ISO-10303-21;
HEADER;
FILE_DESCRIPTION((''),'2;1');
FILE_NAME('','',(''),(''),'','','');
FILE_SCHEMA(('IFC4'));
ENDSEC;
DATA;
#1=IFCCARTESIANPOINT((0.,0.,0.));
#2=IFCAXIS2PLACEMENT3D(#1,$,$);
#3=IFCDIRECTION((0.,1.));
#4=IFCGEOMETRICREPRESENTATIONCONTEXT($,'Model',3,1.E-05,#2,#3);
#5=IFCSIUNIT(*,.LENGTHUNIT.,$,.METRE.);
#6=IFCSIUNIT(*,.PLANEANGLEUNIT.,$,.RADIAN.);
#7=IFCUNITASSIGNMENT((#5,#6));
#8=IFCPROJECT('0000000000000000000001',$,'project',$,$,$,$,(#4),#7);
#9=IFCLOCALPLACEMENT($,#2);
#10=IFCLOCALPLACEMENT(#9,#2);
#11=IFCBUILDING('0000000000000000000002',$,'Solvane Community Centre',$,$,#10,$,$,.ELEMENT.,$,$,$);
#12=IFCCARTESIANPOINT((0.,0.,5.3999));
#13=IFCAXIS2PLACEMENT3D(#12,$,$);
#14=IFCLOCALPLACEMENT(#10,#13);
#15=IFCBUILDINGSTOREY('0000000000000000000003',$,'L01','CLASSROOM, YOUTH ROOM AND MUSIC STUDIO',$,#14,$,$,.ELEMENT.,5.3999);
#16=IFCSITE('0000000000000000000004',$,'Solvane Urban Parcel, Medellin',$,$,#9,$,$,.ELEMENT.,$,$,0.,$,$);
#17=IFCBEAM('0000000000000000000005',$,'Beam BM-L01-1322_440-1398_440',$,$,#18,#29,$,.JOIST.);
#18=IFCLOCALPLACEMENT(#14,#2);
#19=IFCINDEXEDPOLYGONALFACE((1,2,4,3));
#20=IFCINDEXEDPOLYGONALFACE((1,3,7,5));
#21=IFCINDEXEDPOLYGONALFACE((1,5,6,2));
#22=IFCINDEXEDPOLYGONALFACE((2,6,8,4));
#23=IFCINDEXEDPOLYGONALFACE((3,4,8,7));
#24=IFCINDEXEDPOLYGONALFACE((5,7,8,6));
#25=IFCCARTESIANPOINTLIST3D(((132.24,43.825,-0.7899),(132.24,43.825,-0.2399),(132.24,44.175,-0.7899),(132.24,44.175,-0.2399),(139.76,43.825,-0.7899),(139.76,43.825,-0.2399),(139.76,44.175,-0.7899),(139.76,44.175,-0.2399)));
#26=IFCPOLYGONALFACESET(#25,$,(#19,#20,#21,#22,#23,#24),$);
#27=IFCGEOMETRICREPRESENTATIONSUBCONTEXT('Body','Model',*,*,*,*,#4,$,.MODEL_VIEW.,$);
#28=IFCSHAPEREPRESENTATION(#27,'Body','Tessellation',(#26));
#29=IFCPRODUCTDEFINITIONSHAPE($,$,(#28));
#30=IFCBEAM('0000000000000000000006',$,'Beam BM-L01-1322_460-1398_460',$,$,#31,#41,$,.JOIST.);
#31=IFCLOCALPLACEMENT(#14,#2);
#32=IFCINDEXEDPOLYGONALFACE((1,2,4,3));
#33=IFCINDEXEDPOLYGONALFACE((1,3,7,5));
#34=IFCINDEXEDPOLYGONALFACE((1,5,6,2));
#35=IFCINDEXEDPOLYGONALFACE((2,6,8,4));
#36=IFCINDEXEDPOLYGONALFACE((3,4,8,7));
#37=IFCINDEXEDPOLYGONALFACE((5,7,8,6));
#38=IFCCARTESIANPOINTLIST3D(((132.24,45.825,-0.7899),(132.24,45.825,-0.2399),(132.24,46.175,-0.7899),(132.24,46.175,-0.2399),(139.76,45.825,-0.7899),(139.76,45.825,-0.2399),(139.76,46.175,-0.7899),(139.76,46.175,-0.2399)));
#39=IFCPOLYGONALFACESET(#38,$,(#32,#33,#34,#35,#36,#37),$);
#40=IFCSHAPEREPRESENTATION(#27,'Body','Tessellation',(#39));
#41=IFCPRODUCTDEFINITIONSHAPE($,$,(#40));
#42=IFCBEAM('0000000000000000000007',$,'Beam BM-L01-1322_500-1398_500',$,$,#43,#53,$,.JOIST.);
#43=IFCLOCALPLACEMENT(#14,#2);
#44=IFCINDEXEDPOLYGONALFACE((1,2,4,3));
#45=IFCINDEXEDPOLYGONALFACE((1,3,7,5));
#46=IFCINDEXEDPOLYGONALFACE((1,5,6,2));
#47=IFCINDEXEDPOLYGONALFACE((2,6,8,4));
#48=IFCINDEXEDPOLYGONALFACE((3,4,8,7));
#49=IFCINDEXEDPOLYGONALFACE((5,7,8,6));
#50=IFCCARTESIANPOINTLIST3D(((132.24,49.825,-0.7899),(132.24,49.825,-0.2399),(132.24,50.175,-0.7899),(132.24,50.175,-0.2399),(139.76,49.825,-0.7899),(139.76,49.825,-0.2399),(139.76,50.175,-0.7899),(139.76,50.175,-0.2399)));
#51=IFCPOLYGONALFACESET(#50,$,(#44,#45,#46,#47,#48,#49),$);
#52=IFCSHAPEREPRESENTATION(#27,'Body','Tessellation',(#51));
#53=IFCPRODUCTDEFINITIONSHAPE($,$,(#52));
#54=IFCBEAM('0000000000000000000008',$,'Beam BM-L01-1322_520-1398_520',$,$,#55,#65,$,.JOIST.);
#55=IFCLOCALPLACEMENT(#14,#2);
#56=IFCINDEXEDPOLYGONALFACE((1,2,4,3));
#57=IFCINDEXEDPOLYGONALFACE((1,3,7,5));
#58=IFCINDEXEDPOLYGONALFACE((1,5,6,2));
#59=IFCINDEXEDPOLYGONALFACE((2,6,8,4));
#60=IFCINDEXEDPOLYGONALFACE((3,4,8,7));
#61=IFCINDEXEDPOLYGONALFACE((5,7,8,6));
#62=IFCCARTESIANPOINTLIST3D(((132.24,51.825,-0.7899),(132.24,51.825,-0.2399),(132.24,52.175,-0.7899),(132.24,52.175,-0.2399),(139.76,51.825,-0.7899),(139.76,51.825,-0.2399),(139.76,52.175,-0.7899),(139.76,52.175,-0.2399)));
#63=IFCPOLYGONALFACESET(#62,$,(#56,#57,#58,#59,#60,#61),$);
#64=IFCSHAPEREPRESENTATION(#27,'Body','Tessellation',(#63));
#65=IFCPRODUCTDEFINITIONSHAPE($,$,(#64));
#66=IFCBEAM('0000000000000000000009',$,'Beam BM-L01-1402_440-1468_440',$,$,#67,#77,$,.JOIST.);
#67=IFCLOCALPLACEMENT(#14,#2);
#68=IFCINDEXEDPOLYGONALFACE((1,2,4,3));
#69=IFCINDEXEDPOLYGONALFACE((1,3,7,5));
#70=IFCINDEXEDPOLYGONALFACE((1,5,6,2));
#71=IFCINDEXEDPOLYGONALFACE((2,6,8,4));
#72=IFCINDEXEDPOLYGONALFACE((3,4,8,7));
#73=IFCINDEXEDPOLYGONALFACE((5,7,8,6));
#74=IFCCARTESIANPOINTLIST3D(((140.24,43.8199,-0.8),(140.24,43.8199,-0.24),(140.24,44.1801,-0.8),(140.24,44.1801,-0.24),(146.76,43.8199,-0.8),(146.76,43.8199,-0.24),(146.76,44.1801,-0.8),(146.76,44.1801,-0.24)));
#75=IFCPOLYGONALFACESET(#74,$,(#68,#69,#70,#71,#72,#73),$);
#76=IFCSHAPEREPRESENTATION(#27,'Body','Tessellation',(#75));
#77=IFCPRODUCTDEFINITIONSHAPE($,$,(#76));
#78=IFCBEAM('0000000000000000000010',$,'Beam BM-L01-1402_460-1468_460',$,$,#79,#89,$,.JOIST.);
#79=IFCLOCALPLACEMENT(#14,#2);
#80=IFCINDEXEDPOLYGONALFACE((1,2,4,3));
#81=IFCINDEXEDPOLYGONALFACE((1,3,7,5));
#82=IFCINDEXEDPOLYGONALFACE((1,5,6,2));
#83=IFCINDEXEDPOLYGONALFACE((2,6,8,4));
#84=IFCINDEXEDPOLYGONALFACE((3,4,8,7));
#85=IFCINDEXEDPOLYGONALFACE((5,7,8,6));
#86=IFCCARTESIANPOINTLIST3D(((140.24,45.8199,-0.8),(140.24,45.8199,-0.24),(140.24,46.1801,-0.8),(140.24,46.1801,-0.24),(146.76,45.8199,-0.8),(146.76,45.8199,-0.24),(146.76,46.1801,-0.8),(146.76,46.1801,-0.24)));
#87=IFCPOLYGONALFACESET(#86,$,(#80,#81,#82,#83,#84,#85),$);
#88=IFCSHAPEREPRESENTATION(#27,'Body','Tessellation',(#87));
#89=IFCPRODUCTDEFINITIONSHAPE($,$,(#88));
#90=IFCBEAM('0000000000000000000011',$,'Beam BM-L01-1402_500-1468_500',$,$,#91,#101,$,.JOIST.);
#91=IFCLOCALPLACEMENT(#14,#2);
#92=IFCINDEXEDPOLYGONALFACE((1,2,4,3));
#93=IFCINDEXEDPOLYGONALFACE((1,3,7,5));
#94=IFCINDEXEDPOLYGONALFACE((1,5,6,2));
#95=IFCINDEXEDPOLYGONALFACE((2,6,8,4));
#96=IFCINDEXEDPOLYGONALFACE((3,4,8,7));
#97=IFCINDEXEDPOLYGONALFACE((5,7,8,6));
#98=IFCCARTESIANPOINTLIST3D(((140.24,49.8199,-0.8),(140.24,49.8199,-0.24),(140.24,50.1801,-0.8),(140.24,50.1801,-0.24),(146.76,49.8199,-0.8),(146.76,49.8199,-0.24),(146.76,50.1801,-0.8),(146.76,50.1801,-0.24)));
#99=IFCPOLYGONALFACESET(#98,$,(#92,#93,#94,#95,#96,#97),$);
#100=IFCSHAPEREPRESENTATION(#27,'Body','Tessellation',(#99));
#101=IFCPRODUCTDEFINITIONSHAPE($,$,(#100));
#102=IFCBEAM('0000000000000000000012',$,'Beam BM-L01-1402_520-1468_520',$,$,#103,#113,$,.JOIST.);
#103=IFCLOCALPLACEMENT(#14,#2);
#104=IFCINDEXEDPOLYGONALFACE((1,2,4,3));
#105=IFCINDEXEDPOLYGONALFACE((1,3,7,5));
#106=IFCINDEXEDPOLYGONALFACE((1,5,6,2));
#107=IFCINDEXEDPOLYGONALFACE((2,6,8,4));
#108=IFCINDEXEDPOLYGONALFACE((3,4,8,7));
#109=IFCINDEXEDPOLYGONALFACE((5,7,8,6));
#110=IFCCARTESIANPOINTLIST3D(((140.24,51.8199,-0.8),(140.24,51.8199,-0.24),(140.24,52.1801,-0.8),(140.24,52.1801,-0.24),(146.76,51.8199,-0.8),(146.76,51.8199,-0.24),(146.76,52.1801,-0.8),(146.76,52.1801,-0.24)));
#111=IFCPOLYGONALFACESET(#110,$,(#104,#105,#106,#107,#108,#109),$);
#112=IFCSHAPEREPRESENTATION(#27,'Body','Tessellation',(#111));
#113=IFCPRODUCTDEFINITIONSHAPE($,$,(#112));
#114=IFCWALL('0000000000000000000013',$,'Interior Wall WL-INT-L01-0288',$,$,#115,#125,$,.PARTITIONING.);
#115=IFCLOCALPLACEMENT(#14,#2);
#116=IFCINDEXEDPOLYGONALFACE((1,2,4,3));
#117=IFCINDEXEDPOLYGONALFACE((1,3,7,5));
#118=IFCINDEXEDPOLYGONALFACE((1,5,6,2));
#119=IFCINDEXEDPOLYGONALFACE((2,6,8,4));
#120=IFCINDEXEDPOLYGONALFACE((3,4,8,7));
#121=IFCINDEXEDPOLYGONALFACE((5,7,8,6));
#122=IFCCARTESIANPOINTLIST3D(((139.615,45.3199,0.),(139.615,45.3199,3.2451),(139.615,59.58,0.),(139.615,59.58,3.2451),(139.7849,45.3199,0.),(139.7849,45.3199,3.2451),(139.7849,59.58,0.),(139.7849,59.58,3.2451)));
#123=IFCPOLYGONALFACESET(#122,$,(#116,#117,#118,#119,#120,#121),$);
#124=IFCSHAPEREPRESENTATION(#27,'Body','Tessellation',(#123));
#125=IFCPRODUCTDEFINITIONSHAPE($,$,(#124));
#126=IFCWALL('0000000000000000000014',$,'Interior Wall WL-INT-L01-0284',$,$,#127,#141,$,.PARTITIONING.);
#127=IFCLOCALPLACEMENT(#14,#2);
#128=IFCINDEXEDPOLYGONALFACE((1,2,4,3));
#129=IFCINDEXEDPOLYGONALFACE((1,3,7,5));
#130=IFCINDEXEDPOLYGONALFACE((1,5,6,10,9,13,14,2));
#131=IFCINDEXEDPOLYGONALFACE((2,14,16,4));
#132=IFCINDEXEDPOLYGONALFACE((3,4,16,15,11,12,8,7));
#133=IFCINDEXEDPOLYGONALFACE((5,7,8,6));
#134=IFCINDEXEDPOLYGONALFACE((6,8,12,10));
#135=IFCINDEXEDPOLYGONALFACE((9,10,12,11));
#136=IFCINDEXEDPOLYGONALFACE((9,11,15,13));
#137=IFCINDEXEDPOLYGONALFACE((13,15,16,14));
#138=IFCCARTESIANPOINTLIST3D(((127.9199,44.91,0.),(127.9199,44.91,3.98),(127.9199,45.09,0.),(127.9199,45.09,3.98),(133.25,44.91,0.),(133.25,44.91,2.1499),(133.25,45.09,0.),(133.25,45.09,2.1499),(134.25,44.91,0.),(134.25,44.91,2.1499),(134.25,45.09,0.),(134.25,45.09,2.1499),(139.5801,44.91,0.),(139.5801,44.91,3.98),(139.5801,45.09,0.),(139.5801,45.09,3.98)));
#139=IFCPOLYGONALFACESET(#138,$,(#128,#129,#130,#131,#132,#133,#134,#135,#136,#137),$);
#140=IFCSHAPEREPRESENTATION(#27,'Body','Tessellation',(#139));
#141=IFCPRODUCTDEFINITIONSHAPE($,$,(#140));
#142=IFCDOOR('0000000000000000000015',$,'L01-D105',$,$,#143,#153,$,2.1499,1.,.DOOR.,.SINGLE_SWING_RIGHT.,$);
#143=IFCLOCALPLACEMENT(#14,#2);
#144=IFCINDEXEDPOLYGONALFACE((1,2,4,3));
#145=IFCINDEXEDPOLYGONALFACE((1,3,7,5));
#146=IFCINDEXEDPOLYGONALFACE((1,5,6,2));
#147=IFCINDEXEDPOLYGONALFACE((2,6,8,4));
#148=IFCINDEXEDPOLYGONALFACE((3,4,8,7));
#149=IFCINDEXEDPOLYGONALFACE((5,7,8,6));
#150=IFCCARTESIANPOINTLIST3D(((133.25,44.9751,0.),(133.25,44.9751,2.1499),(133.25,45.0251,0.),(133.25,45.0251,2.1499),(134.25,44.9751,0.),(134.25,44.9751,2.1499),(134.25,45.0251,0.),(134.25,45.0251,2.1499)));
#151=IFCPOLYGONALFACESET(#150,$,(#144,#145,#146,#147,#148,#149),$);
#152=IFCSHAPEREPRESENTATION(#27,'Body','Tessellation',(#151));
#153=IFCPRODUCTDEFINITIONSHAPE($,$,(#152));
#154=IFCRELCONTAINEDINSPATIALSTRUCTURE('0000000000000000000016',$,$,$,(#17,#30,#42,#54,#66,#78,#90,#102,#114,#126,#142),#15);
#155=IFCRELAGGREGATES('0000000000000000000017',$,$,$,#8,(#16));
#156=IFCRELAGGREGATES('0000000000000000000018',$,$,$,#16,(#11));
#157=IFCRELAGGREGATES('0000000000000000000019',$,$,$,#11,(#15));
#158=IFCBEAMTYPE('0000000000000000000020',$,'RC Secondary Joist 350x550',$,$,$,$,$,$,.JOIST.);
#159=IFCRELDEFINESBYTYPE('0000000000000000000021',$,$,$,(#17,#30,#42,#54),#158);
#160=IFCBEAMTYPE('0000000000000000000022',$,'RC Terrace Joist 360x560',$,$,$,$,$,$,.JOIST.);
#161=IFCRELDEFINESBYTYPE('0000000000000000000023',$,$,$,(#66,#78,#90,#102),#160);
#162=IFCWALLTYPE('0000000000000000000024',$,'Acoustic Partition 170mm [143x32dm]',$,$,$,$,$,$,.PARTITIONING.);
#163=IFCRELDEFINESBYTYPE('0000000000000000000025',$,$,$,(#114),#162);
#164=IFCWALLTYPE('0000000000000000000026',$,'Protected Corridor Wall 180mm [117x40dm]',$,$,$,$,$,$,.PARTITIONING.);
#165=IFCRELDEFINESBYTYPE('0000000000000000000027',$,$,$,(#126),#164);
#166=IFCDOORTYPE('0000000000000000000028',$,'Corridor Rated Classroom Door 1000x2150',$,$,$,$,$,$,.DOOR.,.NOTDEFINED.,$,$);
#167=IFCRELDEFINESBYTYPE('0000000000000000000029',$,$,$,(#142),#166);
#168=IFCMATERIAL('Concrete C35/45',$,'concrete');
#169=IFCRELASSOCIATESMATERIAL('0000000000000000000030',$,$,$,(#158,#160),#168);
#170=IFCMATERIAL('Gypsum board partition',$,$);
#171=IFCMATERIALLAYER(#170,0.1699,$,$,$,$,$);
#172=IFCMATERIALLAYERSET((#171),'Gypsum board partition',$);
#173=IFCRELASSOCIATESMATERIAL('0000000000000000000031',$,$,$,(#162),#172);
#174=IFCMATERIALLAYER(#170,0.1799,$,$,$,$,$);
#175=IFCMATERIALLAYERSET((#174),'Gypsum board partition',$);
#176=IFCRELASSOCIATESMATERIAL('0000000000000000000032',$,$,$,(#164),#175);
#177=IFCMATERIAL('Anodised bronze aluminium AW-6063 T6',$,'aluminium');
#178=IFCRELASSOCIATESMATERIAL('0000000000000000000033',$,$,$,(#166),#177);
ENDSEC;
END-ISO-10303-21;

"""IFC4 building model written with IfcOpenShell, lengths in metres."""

from ifc_helpers import new_model, si_unit, direction, frame, frame_2d, origin, origin_2d, place, context, subcontext, project, spatial, rectangle, extrude, material, layer, layer_set, material_profile, profile_set, type_object, element, fill, save


model = new_model("IFC4")

# Units and contexts
model_context = context("Model", 3, precision=1e-05, world=origin(), true_north=direction((0.0, 1.0)))
body_context = subcontext(model_context, "Body", "Model", "MODEL_VIEW")
ifc_project = project(units=[si_unit("LENGTHUNIT", "METRE"), si_unit("PLANEANGLEUNIT", "RADIAN")], contexts=[model_context])

# Site, building, storey
site_placement = place(None, origin())
site = spatial("IfcSite", under=ifc_project, at=site_placement, Name="Solvane Urban Parcel, Medellin", CompositionType="ELEMENT", RefElevation=0.0)
building_placement = place(site_placement, origin())
building = spatial("IfcBuilding", under=site, at=building_placement, Name="Solvane Community Centre", CompositionType="ELEMENT")
storey_placement = place(building_placement, frame((0.0, 0.0, 5.3999)))
storey = spatial("IfcBuildingStorey", under=building, at=storey_placement, Name="L01", Description="CLASSROOM, YOUTH ROOM AND MUSIC STUDIO", CompositionType="ELEMENT", Elevation=5.3999)

# Shared definitions
ifc_material_1 = material(Name="Concrete C35/45", Category="concrete")

# Beams
ifc_material_profile_1 = material_profile(ifc_material_1, rectangle(XDim=0.3501, YDim=0.55, at=origin_2d()), Name="RC 350x550")
ifc_profile_set_1 = profile_set([ifc_material_profile_1], Name="Concrete C35/45")
beam_type_1 = type_object("IfcBeamType", Name="RC Secondary Joist 350x550", PredefinedType="JOIST", material=ifc_profile_set_1)
for number, where, z_axis, x_axis, name in (
    (1, (132.24, 44.0, -0.5149), (1.0, 0.0, 0.0), (0.0, 1.0, 0.0), "Beam BM-L01-1322_440-1398_440"),
    (2, (132.24, 46.0, -0.5149), (1.0, 0.0, 0.0), (0.0, 1.0, 0.0), "Beam BM-L01-1322_460-1398_460"),
    (3, (132.24, 50.0, -0.5149), (1.0, 0.0, 0.0), (0.0, 1.0, 0.0), "Beam BM-L01-1322_500-1398_500"),
    (4, (132.24, 52.0, -0.5149), (1.0, 0.0, 0.0), (0.0, 1.0, 0.0), "Beam BM-L01-1322_520-1398_520"),
):
    element("IfcBeam", number, at=place(storey_placement, frame(where, z_axis=z_axis, x_axis=x_axis)), inside=storey, type_object=beam_type_1, Name=name, PredefinedType="JOIST", context=body_context, shape_type="SweptSolid", body=[
        extrude(rectangle(XDim=0.3501, YDim=0.55, at=origin_2d()), origin(), (0.0, 0.0, 1.0), 7.52),
    ])
ifc_material_profile_2 = material_profile(ifc_material_1, rectangle(XDim=0.3601, YDim=0.5601, at=origin_2d()), Name="RC 360x560")
ifc_profile_set_2 = profile_set([ifc_material_profile_2], Name="Concrete C35/45")
beam_type_2 = type_object("IfcBeamType", Name="RC Terrace Joist 360x560", PredefinedType="JOIST", material=ifc_profile_set_2)
for number, where, z_axis, x_axis, name in (
    (5, (140.24, 44.0, -0.52), (1.0, 0.0, 0.0), (0.0, 1.0, 0.0), "Beam BM-L01-1402_440-1468_440"),
    (6, (140.24, 46.0, -0.52), (1.0, 0.0, 0.0), (0.0, 1.0, 0.0), "Beam BM-L01-1402_460-1468_460"),
    (7, (140.24, 50.0, -0.52), (1.0, 0.0, 0.0), (0.0, 1.0, 0.0), "Beam BM-L01-1402_500-1468_500"),
    (8, (140.24, 52.0, -0.52), (1.0, 0.0, 0.0), (0.0, 1.0, 0.0), "Beam BM-L01-1402_520-1468_520"),
):
    element("IfcBeam", number, at=place(storey_placement, frame(where, z_axis=z_axis, x_axis=x_axis)), inside=storey, type_object=beam_type_2, Name=name, PredefinedType="JOIST", context=body_context, shape_type="SweptSolid", body=[
        extrude(rectangle(XDim=0.3601, YDim=0.5601, at=origin_2d()), origin(), (0.0, 0.0, 1.0), 6.52),
    ])

# Wall
ifc_material_2 = material(Name="Gypsum board partition")
ifc_layer_1 = layer(ifc_material_2, 0.1699)
ifc_layer_set_1 = layer_set([ifc_layer_1], Name="Gypsum board partition")
wall_type_1 = type_object("IfcWallType", Name="Acoustic Partition 170mm [143x32dm]", PredefinedType="PARTITIONING", material=ifc_layer_set_1)
wall_1_placement = place(storey_placement, frame((139.7, 45.3201, 0.0), z_axis=(0.0, 0.0, 1.0), x_axis=(0.0, 1.0, 0.0)))
element("IfcWall", 9, at=wall_1_placement, inside=storey, type_object=wall_type_1, Name="Interior Wall WL-INT-L01-0288", PredefinedType="PARTITIONING", context=body_context, shape_type="SweptSolid", body=[
    extrude(rectangle(XDim=14.26, YDim=0.1699, at=frame_2d((7.1299, 0.0))), origin(), (0.0, 0.0, 1.0), 3.2451),
])

# Wall, opening, door
ifc_layer_2 = layer(ifc_material_2, 0.1799)
ifc_layer_set_2 = layer_set([ifc_layer_2], Name="Gypsum board partition")
wall_type_2 = type_object("IfcWallType", Name="Protected Corridor Wall 180mm [117x40dm]", PredefinedType="PARTITIONING", material=ifc_layer_set_2)
wall_2_placement = place(storey_placement, frame((139.5801, 45.0, 0.0), z_axis=(0.0, 0.0, 1.0), x_axis=(-1.0, 0.0, 0.0)))
wall_2 = element("IfcWall", 10, at=wall_2_placement, inside=storey, type_object=wall_type_2, Name="Interior Wall WL-INT-L01-0284", PredefinedType="PARTITIONING", context=body_context, shape_type="SweptSolid", body=[
    extrude(rectangle(XDim=11.6602, YDim=0.1799, at=frame_2d((5.8301, 0.0))), origin(), (0.0, 0.0, 1.0), 3.98),
])
opening_placement = place(wall_2_placement, frame((5.3301, 0.0, 0.0)))
opening = element("IfcOpeningElement", 11, at=opening_placement, cuts=wall_2, PredefinedType="OPENING", context=body_context, shape_type="SweptSolid", body=[
    extrude(rectangle(XDim=1.0, YDim=2.1499, at=frame_2d((0.5, 1.075))), frame((0.0, 0.0999, 0.0), z_axis=(0.0, -1.0, 0.0), x_axis=(1.0, 0.0, 0.0)), (0.0, 0.0, 1.0), 0.2),
])
ifc_material_3 = material(Name="Anodised bronze aluminium AW-6063 T6", Category="aluminium")
door_type = type_object("IfcDoorType", Name="Corridor Rated Classroom Door 1000x2150", OperationType="NOTDEFINED", PredefinedType="DOOR", material=ifc_material_3)
door_placement = place(opening_placement, origin())
door = element("IfcDoor", 12, at=door_placement, inside=storey, type_object=door_type, Name="L01-D105", OperationType="SINGLE_SWING_RIGHT", OverallHeight=2.1499, OverallWidth=1.0, PredefinedType="DOOR", context=body_context, shape_type="SweptSolid", body=[
    extrude(rectangle(XDim=1.0, YDim=2.1499, at=frame_2d((0.5, 1.075))), frame((0.0, 0.0249, 0.0), z_axis=(0.0, -1.0, 0.0), x_axis=(1.0, 0.0, 0.0)), (0.0, 0.0, 1.0), 0.05),
])
fill(opening, door)

save(model, "model.ifc")
